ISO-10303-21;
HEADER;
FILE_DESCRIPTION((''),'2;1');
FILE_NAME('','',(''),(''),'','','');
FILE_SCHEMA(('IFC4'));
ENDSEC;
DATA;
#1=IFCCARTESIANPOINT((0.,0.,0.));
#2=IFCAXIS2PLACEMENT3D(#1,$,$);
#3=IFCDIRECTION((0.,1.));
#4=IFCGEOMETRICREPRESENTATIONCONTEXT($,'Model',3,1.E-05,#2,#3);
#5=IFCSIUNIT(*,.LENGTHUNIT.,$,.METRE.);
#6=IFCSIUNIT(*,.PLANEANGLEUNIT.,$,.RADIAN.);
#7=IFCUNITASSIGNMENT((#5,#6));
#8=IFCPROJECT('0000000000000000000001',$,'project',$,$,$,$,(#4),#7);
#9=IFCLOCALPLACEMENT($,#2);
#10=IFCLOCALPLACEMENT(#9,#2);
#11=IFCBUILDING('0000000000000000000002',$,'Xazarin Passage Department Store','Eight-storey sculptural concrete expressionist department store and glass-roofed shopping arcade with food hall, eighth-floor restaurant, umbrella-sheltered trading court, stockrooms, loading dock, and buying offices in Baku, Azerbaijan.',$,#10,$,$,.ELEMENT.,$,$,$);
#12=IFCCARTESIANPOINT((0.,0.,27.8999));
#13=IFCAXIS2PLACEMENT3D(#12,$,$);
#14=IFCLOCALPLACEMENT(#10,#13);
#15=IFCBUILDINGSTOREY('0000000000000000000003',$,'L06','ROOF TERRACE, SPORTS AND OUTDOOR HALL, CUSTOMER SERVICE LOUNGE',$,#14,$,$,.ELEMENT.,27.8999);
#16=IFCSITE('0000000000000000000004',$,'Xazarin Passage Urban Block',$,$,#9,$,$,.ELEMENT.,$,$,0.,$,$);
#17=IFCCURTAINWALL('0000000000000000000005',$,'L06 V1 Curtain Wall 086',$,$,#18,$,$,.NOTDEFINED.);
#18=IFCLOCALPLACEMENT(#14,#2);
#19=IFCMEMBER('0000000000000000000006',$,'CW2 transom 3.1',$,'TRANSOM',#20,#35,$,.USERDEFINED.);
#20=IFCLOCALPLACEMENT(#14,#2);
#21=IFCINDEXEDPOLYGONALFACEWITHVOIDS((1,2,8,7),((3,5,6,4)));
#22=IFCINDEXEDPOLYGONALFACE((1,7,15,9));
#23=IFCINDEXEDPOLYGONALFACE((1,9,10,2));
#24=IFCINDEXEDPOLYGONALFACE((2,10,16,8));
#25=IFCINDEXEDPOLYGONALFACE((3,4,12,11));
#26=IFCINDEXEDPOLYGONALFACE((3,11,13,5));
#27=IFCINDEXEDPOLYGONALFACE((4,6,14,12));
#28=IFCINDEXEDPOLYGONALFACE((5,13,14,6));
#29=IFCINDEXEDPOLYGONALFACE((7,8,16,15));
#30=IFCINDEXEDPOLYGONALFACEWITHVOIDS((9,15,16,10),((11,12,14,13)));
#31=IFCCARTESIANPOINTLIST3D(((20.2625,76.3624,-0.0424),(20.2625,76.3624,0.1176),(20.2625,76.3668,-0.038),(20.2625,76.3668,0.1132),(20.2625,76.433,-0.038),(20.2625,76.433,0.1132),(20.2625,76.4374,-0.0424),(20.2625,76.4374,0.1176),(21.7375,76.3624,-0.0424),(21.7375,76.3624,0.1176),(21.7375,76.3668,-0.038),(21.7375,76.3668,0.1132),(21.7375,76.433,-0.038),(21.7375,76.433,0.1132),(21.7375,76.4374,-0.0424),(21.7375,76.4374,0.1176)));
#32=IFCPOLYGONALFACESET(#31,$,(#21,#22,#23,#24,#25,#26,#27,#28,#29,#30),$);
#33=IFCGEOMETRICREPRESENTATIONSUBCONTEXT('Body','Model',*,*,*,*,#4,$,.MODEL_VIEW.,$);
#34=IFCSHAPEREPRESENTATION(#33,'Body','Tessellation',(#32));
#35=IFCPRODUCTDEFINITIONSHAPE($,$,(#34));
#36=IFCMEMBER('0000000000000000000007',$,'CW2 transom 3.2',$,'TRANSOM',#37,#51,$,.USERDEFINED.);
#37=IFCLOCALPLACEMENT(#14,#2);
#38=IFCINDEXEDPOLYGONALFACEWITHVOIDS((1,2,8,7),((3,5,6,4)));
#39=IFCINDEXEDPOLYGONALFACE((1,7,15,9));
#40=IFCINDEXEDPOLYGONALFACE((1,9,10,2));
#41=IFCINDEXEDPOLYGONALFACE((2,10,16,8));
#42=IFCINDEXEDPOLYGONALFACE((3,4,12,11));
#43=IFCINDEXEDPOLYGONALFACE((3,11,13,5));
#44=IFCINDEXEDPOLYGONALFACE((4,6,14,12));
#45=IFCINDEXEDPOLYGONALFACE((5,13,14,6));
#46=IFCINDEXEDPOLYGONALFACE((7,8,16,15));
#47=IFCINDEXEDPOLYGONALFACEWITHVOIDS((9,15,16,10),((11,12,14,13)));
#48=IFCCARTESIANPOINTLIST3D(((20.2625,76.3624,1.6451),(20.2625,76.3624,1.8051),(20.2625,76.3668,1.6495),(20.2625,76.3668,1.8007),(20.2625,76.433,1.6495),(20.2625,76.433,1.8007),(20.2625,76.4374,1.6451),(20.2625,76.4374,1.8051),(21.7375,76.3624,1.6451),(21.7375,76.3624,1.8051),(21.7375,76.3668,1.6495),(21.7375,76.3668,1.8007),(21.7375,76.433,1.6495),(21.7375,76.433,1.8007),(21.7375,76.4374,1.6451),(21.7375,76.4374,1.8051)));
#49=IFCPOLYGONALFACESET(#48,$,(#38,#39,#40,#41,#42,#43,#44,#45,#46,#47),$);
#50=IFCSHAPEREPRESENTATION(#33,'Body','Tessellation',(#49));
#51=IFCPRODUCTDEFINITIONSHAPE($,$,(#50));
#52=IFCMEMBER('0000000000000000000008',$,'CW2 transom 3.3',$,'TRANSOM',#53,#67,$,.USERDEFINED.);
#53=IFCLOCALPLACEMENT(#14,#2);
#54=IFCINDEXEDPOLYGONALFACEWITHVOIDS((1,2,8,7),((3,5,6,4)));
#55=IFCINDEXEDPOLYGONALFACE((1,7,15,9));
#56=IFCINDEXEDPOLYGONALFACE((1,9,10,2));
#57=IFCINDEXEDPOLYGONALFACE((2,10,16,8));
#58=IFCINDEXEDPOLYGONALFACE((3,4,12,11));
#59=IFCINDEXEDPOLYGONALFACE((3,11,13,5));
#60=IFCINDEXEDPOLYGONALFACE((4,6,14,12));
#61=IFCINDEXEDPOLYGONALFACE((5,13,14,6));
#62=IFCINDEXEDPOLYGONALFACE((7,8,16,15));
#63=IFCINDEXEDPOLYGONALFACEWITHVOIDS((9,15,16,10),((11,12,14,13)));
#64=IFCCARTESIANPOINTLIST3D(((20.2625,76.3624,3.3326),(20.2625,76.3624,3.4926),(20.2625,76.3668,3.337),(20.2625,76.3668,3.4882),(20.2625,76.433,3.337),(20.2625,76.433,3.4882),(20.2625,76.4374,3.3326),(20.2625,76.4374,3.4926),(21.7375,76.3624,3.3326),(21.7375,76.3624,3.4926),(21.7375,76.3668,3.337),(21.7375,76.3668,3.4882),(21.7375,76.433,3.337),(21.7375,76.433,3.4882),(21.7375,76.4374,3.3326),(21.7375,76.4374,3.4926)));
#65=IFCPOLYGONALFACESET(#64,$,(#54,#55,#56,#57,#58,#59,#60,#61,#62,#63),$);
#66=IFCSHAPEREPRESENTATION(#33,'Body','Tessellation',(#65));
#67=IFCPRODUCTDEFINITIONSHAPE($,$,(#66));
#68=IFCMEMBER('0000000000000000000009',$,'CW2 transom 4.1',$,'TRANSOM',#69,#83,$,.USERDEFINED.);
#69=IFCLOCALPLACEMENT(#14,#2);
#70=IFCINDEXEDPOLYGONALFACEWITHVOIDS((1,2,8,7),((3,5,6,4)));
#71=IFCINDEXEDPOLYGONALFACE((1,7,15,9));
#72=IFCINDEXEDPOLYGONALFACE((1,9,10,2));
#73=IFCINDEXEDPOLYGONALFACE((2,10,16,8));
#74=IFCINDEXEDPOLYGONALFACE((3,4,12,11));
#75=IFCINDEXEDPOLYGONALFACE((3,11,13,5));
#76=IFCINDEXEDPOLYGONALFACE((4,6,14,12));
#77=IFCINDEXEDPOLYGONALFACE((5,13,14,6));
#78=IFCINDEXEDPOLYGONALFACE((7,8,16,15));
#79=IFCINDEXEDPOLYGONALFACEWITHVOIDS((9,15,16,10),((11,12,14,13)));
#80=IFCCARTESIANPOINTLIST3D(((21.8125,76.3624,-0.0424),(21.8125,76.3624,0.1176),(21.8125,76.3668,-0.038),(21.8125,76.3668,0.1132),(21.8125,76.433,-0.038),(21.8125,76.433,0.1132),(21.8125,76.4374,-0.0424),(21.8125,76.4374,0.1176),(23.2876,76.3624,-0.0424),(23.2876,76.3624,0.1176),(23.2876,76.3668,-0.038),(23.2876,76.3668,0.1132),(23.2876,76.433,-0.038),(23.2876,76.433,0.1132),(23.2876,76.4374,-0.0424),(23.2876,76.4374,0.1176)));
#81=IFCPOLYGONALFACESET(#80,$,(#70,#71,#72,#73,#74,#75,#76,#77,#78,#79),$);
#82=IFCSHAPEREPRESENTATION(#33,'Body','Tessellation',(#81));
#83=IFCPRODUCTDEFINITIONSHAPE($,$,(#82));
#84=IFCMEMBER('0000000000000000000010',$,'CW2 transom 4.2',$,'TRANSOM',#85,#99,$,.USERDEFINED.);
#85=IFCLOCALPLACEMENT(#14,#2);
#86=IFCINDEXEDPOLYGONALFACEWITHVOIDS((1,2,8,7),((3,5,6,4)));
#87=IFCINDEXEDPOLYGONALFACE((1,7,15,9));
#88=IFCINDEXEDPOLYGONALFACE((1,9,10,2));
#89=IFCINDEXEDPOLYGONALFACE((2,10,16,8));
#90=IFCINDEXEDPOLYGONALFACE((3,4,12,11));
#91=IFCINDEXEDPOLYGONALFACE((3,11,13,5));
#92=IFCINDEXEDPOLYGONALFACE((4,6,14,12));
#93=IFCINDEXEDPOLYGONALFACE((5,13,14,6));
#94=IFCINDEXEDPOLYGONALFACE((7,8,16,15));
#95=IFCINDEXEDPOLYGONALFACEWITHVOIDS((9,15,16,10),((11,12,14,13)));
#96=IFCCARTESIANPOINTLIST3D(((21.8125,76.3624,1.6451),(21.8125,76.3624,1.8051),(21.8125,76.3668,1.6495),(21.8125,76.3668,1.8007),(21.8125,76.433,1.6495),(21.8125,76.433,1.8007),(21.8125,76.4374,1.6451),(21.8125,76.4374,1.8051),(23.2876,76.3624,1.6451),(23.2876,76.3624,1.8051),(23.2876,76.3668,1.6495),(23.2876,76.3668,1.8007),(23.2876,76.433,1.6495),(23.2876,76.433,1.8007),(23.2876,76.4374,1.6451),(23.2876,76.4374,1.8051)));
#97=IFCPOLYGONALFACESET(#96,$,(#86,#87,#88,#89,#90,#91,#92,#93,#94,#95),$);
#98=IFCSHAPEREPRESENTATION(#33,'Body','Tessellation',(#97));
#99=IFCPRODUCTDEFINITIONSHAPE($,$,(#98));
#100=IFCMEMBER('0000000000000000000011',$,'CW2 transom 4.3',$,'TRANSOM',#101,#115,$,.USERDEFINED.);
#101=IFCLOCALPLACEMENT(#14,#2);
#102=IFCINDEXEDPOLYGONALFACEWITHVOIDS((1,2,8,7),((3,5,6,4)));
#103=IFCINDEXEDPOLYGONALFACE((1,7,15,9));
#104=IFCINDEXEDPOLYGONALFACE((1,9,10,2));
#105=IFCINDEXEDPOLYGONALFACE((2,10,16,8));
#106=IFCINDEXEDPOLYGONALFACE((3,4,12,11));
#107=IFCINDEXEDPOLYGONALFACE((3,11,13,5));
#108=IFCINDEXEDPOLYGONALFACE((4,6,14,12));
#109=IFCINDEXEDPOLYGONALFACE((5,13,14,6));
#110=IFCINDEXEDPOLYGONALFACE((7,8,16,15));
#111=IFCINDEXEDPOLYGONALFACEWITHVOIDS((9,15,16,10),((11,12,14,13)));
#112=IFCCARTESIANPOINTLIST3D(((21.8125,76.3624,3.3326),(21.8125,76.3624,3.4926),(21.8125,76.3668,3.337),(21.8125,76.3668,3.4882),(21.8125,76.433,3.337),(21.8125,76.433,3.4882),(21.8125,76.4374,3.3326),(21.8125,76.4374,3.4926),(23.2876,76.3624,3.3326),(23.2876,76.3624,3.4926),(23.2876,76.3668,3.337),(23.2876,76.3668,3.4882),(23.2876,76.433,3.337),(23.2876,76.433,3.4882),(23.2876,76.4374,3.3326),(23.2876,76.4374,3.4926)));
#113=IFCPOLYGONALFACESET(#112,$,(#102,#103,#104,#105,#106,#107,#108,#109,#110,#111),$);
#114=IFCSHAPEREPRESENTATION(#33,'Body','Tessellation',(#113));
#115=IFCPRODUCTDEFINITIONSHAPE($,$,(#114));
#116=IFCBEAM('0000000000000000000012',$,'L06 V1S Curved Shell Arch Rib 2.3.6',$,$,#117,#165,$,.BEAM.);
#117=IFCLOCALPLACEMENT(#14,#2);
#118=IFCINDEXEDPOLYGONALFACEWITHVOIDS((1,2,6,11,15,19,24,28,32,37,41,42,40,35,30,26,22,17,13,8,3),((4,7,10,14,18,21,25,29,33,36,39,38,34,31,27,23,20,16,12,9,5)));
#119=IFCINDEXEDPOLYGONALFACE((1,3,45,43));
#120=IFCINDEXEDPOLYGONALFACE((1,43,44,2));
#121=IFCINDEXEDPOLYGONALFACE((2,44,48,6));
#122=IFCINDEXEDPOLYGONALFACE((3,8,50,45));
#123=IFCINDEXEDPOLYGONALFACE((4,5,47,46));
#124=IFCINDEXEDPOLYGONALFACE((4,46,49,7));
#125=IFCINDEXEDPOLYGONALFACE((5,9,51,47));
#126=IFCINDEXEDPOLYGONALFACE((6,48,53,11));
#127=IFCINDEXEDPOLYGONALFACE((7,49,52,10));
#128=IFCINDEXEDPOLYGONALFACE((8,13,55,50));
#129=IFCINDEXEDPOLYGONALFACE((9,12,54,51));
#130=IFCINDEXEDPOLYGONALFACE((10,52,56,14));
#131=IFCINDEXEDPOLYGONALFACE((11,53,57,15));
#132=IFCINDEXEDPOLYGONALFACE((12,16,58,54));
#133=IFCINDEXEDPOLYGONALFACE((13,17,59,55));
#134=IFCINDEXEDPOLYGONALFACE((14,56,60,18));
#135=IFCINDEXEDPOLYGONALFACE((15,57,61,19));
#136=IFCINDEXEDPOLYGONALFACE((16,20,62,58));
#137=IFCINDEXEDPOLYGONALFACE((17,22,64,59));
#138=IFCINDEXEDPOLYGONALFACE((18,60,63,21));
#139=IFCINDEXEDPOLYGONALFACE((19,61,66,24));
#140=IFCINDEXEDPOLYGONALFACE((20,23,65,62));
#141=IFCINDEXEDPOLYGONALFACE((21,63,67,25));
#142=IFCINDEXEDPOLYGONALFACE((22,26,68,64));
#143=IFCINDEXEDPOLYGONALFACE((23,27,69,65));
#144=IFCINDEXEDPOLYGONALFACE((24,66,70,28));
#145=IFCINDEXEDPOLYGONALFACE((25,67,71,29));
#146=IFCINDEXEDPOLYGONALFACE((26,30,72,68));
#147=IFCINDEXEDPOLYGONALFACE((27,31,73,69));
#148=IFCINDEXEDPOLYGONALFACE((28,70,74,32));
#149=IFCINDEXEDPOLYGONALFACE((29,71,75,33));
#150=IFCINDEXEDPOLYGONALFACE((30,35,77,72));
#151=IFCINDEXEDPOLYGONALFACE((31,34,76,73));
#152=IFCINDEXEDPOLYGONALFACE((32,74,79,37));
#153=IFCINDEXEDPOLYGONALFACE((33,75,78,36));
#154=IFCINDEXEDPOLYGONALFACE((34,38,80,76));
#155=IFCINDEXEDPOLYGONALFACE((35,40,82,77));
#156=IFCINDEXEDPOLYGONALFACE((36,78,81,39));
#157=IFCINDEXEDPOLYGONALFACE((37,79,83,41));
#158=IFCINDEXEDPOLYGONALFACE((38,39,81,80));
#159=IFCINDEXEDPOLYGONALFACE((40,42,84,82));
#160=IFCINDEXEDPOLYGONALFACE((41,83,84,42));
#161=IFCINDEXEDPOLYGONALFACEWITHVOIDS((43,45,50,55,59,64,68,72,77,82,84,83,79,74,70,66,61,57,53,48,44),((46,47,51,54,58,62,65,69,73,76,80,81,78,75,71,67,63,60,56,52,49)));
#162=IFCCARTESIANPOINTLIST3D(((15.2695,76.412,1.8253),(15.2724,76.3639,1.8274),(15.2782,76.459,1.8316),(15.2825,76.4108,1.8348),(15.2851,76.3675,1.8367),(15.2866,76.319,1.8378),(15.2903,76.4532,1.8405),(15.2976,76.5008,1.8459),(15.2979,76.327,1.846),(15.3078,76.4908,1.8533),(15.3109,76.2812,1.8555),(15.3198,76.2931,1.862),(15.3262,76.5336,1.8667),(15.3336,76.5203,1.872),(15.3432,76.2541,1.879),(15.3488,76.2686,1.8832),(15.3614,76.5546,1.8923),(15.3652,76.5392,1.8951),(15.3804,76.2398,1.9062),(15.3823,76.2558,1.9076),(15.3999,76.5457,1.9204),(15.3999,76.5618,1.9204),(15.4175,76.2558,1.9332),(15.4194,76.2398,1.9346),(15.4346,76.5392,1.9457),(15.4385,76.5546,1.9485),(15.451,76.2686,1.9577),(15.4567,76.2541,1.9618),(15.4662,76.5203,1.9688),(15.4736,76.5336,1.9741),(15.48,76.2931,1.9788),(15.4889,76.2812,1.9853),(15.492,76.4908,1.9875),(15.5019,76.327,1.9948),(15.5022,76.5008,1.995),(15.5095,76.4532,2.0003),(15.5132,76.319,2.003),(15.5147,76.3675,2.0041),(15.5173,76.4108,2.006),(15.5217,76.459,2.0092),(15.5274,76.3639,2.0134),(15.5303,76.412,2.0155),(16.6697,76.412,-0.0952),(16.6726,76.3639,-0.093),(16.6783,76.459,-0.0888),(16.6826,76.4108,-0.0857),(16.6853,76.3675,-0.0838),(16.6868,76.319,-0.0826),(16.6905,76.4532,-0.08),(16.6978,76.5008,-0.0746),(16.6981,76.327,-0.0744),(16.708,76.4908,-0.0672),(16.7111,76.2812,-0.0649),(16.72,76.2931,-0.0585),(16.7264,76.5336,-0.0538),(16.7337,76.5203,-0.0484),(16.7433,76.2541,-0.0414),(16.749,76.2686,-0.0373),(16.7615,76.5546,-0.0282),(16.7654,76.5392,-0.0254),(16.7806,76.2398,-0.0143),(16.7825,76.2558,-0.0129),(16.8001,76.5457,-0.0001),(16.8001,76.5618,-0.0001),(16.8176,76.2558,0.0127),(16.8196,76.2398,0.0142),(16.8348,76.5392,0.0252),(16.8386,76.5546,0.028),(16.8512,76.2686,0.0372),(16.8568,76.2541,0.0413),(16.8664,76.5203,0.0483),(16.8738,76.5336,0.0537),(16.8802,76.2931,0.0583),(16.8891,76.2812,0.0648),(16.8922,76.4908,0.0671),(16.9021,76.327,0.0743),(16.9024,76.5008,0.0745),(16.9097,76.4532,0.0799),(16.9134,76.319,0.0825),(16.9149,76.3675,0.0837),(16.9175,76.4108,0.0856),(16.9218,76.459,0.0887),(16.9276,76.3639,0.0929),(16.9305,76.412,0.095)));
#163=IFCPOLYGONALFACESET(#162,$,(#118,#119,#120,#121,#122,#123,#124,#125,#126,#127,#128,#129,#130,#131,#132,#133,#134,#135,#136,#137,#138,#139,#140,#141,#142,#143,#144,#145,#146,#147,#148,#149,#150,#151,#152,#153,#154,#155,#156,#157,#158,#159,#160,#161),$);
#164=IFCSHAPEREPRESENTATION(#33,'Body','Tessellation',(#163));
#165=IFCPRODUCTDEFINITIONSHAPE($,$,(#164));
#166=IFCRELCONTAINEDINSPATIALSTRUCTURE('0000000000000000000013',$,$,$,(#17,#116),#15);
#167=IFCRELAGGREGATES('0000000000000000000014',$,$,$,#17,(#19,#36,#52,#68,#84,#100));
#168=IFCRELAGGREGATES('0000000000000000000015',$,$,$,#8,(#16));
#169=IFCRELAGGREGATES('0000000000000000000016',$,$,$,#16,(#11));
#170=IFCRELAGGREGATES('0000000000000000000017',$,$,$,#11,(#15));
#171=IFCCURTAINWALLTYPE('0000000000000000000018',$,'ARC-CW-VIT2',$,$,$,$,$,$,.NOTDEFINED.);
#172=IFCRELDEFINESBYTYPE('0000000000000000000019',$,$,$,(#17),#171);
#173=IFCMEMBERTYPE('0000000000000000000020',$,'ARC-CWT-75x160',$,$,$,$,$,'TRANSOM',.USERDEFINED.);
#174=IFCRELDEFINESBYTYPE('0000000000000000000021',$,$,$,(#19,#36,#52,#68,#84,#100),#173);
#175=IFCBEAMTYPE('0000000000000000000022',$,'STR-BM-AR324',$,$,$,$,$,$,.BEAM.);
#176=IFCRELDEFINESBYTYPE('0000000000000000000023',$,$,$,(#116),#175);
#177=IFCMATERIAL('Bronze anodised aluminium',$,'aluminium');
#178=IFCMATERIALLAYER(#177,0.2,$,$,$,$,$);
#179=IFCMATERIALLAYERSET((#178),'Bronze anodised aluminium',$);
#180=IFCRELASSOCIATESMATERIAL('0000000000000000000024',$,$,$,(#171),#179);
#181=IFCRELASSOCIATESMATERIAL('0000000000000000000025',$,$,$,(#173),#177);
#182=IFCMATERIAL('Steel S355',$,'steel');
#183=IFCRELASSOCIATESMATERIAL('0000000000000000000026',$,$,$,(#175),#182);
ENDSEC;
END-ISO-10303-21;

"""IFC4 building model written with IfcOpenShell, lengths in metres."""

from ifc_helpers import new_model, si_unit, direction, frame, origin, origin_2d, place, context, subcontext, project, spatial, hollow_rectangle, hollow_circle, extrude, material, layer, layer_set, material_profile, profile_set, type_object, element, aggregate, save


model = new_model("IFC4")

# Units and contexts
model_context = context("Model", 3, precision=1e-05, world=origin(), true_north=direction((0.0, 1.0)))
body_context = subcontext(model_context, "Body", "Model", "MODEL_VIEW")
ifc_project = project(units=[si_unit("LENGTHUNIT", "METRE"), si_unit("PLANEANGLEUNIT", "RADIAN")], contexts=[model_context])

# Site, building, storey
site_placement = place(None, origin())
site = spatial("IfcSite", under=ifc_project, at=site_placement, Name="Xazarin Passage Urban Block", CompositionType="ELEMENT", RefElevation=0.0)
building_placement = place(site_placement, origin())
building = spatial("IfcBuilding", under=site, at=building_placement, Name="Xazarin Passage Department Store", Description="Eight-storey sculptural concrete expressionist department store and glass-roofed shopping arcade with food hall, eighth-floor restaurant, umbrella-sheltered trading court, stockrooms, loading dock, and buying offices in Baku, Azerbaijan.", CompositionType="ELEMENT")
storey_placement = place(building_placement, frame((0.0, 0.0, 27.8999)))
storey = spatial("IfcBuildingStorey", under=building, at=storey_placement, Name="L06", Description="ROOF TERRACE, SPORTS AND OUTDOOR HALL, CUSTOMER SERVICE LOUNGE", CompositionType="ELEMENT", Elevation=27.8999)

# Curtain wall, members
ifc_material_1 = material(Name="Bronze anodised aluminium", Category="aluminium")
ifc_layer_1 = layer(ifc_material_1, 0.2)
ifc_layer_set_1 = layer_set([ifc_layer_1], Name="Bronze anodised aluminium")
curtain_wall_type = type_object("IfcCurtainWallType", Name="ARC-CW-VIT2", PredefinedType="NOTDEFINED", material=ifc_layer_set_1)
curtain_wall_placement = place(storey_placement, origin())
curtain_wall = element("IfcCurtainWall", 1, at=curtain_wall_placement, inside=storey, type_object=curtain_wall_type, Name="L06 V1 Curtain Wall 086", PredefinedType="NOTDEFINED")
ifc_material_profile_1 = material_profile(ifc_material_1, hollow_rectangle(XDim=0.075, YDim=0.1599, WallThickness=0.0044, at=origin_2d()), Name="ALU 75x160")
ifc_profile_set_1 = profile_set([ifc_material_profile_1], Name="Bronze anodised aluminium")
member_type_1 = type_object("IfcMemberType", Name="ARC-CWT-75x160", ElementType="TRANSOM", PredefinedType="USERDEFINED", material=ifc_profile_set_1)
member_1_placement = place(storey_placement, frame((20.2625, 76.3999, 0.0376), z_axis=(1.0, 0.0, 0.0), x_axis=(0.0, 1.0, 0.0)))
member_1 = element("IfcMember", 2, at=member_1_placement, type_object=member_type_1, Name="CW2 transom 3.1", ObjectType="TRANSOM", PredefinedType="USERDEFINED", context=body_context, shape_type="SweptSolid", body=[
    extrude(hollow_rectangle(XDim=0.075, YDim=0.1599, WallThickness=0.0044, at=origin_2d()), origin(), (0.0, 0.0, 1.0), 1.4751),
])
member_2_placement = place(storey_placement, frame((20.2625, 76.3999, 1.7251), z_axis=(1.0, 0.0, 0.0), x_axis=(0.0, 1.0, 0.0)))
member_2 = element("IfcMember", 3, at=member_2_placement, type_object=member_type_1, Name="CW2 transom 3.2", ObjectType="TRANSOM", PredefinedType="USERDEFINED", context=body_context, shape_type="SweptSolid", body=[
    extrude(hollow_rectangle(XDim=0.075, YDim=0.1599, WallThickness=0.0044, at=origin_2d()), origin(), (0.0, 0.0, 1.0), 1.4751),
])
member_3_placement = place(storey_placement, frame((20.2625, 76.3999, 3.4126), z_axis=(1.0, 0.0, 0.0), x_axis=(0.0, 1.0, 0.0)))
member_3 = element("IfcMember", 4, at=member_3_placement, type_object=member_type_1, Name="CW2 transom 3.3", ObjectType="TRANSOM", PredefinedType="USERDEFINED", context=body_context, shape_type="SweptSolid", body=[
    extrude(hollow_rectangle(XDim=0.075, YDim=0.1599, WallThickness=0.0044, at=origin_2d()), origin(), (0.0, 0.0, 1.0), 1.4751),
])
member_4_placement = place(storey_placement, frame((21.8125, 76.3999, 0.0376), z_axis=(1.0, 0.0, 0.0), x_axis=(0.0, 1.0, 0.0)))
member_4 = element("IfcMember", 5, at=member_4_placement, type_object=member_type_1, Name="CW2 transom 4.1", ObjectType="TRANSOM", PredefinedType="USERDEFINED", context=body_context, shape_type="SweptSolid", body=[
    extrude(hollow_rectangle(XDim=0.075, YDim=0.1599, WallThickness=0.0044, at=origin_2d()), origin(), (0.0, 0.0, 1.0), 1.4751),
])
member_5_placement = place(storey_placement, frame((21.8125, 76.3999, 1.7251), z_axis=(1.0, 0.0, 0.0), x_axis=(0.0, 1.0, 0.0)))
member_5 = element("IfcMember", 6, at=member_5_placement, type_object=member_type_1, Name="CW2 transom 4.2", ObjectType="TRANSOM", PredefinedType="USERDEFINED", context=body_context, shape_type="SweptSolid", body=[
    extrude(hollow_rectangle(XDim=0.075, YDim=0.1599, WallThickness=0.0044, at=origin_2d()), origin(), (0.0, 0.0, 1.0), 1.4751),
])
member_6_placement = place(storey_placement, frame((21.8125, 76.3999, 3.4126), z_axis=(1.0, 0.0, 0.0), x_axis=(0.0, 1.0, 0.0)))
member_6 = element("IfcMember", 7, at=member_6_placement, type_object=member_type_1, Name="CW2 transom 4.3", ObjectType="TRANSOM", PredefinedType="USERDEFINED", context=body_context, shape_type="SweptSolid", body=[
    extrude(hollow_rectangle(XDim=0.075, YDim=0.1599, WallThickness=0.0044, at=origin_2d()), origin(), (0.0, 0.0, 1.0), 1.4751),
])

# Beam
ifc_material_2 = material(Name="Steel S355", Category="steel")
ifc_material_profile_2 = material_profile(ifc_material_2, hollow_circle(Radius=0.1619, WallThickness=0.0161, at=origin_2d()), Name="CHS 323.9x16")
ifc_profile_set_2 = profile_set([ifc_material_profile_2], Name="Steel S355")
beam_type_1 = type_object("IfcBeamType", Name="STR-BM-AR324", PredefinedType="BEAM", material=ifc_profile_set_2)
beam_1_placement = place(storey_placement, frame((15.3999, 76.3999, 1.9204), z_axis=(0.58913, 0.0, -0.808038), x_axis=(0.0, 1.0, 0.0)))
element("IfcBeam", 8, at=beam_1_placement, inside=storey, type_object=beam_type_1, Name="L06 V1S Curved Shell Arch Rib 2.3.6", PredefinedType="BEAM", context=body_context, shape_type="SweptSolid", body=[
    extrude(hollow_circle(Radius=0.1619, WallThickness=0.0161, at=origin_2d()), origin(), (0.0, 0.0, 1.0), 2.3767),
])

aggregate(curtain_wall, [member_1, member_2, member_3, member_4, member_5, member_6])

save(model, "model.ifc")
